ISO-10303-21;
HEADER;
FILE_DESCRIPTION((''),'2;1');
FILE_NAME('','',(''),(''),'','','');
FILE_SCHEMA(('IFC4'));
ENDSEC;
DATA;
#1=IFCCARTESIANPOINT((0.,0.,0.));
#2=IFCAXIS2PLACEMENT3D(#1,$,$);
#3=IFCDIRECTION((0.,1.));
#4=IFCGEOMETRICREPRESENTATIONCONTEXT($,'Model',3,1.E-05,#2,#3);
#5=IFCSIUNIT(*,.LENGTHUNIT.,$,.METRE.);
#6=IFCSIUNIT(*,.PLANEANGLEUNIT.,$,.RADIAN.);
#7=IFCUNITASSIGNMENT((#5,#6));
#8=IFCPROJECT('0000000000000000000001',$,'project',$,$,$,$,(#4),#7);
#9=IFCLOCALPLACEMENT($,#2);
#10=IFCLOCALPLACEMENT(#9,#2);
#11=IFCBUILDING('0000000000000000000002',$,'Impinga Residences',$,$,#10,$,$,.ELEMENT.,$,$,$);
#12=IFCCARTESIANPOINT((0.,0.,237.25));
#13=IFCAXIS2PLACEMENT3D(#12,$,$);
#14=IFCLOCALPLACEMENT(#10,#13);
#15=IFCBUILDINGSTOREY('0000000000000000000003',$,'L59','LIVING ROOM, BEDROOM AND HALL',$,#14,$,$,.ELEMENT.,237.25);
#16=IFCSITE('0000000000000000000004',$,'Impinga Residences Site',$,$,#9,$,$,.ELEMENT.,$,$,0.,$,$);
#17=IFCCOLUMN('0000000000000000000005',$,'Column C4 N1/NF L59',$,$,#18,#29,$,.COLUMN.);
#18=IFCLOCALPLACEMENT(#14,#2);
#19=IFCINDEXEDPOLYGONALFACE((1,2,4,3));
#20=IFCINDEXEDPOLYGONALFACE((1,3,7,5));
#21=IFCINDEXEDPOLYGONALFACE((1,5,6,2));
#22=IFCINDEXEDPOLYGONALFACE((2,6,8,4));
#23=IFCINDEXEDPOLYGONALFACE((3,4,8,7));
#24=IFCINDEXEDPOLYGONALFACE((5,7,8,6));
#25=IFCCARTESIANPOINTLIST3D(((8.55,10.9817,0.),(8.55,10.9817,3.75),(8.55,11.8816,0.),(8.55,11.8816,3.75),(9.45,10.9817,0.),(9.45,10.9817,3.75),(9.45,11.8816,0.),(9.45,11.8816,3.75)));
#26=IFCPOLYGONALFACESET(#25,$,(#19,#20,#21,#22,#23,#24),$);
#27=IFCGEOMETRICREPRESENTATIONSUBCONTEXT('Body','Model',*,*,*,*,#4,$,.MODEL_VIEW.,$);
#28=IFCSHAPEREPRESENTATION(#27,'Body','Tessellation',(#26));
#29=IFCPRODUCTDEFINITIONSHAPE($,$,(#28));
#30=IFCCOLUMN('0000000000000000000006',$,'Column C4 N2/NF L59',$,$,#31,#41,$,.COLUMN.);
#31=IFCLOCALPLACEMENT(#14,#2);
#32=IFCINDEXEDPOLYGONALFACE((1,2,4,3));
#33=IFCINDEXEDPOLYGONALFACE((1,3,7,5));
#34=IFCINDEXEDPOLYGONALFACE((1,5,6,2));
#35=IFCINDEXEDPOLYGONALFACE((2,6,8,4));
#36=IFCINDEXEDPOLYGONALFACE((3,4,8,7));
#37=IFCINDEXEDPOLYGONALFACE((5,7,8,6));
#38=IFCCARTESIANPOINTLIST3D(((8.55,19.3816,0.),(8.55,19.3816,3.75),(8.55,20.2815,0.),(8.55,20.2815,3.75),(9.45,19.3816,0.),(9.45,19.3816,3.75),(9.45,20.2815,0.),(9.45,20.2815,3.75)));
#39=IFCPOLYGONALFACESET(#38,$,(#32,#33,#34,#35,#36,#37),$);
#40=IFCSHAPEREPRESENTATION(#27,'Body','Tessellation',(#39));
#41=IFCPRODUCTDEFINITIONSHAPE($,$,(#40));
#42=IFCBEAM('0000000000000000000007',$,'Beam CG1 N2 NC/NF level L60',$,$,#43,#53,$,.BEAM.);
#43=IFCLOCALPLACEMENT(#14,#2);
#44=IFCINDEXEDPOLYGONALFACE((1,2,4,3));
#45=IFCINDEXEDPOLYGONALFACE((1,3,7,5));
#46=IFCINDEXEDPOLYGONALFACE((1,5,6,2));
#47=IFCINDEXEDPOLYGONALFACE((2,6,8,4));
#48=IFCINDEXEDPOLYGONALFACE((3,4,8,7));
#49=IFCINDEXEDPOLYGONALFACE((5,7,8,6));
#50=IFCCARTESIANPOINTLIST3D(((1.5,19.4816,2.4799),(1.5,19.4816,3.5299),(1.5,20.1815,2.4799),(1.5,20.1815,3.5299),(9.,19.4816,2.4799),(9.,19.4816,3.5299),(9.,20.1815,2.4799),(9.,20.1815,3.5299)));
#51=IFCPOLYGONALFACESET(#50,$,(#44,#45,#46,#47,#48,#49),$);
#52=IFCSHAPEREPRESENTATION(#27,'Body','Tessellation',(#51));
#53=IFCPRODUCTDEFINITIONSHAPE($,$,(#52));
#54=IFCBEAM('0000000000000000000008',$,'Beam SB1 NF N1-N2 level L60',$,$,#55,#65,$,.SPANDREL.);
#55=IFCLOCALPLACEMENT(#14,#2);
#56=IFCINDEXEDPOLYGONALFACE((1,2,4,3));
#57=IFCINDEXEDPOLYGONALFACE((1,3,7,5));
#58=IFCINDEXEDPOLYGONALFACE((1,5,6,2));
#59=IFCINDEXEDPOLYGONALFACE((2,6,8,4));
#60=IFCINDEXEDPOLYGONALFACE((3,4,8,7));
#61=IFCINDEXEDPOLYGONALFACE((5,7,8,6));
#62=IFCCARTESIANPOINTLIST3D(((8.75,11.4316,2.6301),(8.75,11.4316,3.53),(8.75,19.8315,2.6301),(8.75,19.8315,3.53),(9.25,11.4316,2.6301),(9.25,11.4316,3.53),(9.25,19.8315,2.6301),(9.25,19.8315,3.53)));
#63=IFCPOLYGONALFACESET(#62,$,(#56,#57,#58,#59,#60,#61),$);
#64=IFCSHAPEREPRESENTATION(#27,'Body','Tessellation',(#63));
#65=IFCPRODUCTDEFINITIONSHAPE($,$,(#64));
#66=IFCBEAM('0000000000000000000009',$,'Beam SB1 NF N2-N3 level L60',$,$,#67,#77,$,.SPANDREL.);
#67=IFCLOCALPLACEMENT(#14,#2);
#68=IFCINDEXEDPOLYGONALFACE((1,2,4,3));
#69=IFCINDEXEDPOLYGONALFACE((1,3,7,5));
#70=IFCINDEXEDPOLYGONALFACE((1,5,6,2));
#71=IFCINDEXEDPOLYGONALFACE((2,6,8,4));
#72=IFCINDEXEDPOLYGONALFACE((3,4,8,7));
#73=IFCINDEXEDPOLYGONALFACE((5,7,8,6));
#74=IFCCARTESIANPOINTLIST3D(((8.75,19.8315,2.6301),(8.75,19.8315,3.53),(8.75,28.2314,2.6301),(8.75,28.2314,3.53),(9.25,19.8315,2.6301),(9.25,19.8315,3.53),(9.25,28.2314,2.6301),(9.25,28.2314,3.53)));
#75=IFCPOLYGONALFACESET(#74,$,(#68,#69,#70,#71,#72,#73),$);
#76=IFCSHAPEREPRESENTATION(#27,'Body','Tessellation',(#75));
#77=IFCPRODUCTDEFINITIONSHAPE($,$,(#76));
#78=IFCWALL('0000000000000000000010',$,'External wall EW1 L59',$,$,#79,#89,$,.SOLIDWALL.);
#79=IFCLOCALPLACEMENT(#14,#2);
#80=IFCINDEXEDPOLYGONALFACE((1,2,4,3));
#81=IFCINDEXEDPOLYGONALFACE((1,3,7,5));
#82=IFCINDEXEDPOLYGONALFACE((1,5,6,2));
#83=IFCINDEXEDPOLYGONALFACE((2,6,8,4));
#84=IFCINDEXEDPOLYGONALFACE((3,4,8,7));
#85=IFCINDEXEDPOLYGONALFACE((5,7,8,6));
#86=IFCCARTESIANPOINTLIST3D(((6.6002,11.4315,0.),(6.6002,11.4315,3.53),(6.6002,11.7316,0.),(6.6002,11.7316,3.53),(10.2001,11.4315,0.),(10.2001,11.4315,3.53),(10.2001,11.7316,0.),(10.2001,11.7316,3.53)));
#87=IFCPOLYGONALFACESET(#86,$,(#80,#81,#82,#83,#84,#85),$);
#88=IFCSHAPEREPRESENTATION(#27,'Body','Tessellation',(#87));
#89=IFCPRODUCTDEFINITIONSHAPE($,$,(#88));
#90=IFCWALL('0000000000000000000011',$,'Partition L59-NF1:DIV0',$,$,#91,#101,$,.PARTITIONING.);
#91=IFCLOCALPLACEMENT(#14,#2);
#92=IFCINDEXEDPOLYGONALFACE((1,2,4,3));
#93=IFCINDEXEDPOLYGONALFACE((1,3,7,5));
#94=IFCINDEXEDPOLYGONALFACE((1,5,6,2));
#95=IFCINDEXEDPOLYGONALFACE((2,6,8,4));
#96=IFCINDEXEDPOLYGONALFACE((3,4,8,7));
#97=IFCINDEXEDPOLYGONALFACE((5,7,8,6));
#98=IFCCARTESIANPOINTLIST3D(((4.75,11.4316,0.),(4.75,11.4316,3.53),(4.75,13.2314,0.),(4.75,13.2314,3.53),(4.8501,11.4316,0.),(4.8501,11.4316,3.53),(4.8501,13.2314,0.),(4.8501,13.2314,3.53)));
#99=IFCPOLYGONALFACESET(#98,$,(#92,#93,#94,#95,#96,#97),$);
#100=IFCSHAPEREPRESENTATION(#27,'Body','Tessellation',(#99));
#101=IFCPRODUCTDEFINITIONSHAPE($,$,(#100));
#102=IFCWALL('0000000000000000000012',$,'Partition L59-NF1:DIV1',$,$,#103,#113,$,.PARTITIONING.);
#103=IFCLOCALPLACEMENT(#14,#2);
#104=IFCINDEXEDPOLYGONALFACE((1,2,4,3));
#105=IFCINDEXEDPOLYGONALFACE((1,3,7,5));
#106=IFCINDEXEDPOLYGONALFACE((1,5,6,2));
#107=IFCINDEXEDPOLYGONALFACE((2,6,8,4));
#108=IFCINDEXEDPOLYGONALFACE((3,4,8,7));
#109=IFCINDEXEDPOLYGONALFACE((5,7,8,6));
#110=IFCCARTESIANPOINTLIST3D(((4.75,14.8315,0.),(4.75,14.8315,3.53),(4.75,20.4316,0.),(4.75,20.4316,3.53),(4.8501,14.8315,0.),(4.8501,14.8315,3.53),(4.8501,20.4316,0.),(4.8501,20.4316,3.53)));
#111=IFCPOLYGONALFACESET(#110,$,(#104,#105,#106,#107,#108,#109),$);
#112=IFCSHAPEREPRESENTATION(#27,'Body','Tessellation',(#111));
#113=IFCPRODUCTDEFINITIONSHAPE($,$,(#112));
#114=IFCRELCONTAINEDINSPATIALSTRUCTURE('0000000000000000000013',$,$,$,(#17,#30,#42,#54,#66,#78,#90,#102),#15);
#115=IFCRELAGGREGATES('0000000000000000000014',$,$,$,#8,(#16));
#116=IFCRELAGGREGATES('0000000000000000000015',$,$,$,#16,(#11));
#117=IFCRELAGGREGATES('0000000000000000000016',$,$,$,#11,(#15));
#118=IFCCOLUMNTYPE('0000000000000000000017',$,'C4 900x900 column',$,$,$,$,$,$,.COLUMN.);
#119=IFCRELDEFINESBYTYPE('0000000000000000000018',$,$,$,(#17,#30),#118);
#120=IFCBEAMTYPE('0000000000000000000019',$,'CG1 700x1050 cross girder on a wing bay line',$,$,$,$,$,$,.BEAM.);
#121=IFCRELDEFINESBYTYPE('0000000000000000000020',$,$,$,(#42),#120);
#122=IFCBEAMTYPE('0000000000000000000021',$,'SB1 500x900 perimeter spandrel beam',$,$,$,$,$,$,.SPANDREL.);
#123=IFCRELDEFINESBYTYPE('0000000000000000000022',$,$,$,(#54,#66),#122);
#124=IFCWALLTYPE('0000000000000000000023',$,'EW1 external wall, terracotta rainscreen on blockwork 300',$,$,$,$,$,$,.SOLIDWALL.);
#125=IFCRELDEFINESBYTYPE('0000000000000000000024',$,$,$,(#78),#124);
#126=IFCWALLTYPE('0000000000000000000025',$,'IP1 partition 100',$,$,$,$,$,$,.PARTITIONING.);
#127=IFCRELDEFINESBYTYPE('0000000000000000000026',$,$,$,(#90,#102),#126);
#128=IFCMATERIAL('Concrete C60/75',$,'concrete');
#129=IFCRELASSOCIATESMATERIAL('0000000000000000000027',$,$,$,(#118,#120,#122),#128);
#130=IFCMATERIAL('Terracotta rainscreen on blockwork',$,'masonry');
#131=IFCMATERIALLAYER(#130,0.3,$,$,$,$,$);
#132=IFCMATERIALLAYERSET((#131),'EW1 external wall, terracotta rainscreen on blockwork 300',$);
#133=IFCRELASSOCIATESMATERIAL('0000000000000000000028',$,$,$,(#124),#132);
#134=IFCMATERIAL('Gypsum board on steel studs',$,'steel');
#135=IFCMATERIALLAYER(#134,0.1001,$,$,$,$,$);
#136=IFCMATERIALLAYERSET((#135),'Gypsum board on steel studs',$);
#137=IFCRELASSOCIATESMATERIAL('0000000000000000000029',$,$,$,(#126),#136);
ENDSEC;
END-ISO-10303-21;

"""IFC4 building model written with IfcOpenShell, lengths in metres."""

from ifc_helpers import new_model, si_unit, direction, frame, frame_2d, origin, origin_2d, place, context, subcontext, project, spatial, rectangle, extrude, material, layer, layer_set, material_profile, profile_set, type_object, element, save


model = new_model("IFC4")

# Units and contexts
model_context = context("Model", 3, precision=1e-05, world=origin(), true_north=direction((0.0, 1.0)))
body_context = subcontext(model_context, "Body", "Model", "MODEL_VIEW")
ifc_project = project(units=[si_unit("LENGTHUNIT", "METRE"), si_unit("PLANEANGLEUNIT", "RADIAN")], contexts=[model_context])

# Site, building, storey
site_placement = place(None, origin())
site = spatial("IfcSite", under=ifc_project, at=site_placement, Name="Impinga Residences Site", CompositionType="ELEMENT", RefElevation=0.0)
building_placement = place(site_placement, origin())
building = spatial("IfcBuilding", under=site, at=building_placement, Name="Impinga Residences", CompositionType="ELEMENT")
storey_placement = place(building_placement, frame((0.0, 0.0, 237.25)))
storey = spatial("IfcBuildingStorey", under=building, at=storey_placement, Name="L59", Description="LIVING ROOM, BEDROOM AND HALL", CompositionType="ELEMENT", Elevation=237.25)

# Columns
ifc_material_1 = material(Name="Concrete C60/75", Category="concrete")
ifc_material_profile_1 = material_profile(ifc_material_1, rectangle(XDim=0.8999, YDim=0.8999, at=origin_2d()), Name="RC 900x900")
ifc_profile_set_1 = profile_set([ifc_material_profile_1], Name="Concrete C60/75")
column_type = type_object("IfcColumnType", Name="C4 900x900 column", PredefinedType="COLUMN", material=ifc_profile_set_1)
for number, where, z_axis, x_axis, name in (
    (1, (9.0, 11.4316, 0.0), (0.0, 0.0, 1.0), (1.0, 0.0, 0.0), "Column C4 N1/NF L59"),
    (2, (9.0, 19.8315, 0.0), (0.0, 0.0, 1.0), (1.0, 0.0, 0.0), "Column C4 N2/NF L59"),
):
    element("IfcColumn", number, at=place(storey_placement, frame(where, z_axis=z_axis, x_axis=x_axis)), inside=storey, type_object=column_type, Name=name, PredefinedType="COLUMN", context=body_context, shape_type="SweptSolid", body=[
        extrude(rectangle(XDim=0.8999, YDim=0.8999, at=origin_2d()), origin(), (0.0, 0.0, 1.0), 3.75),
    ])

# Beams
ifc_material_profile_2 = material_profile(ifc_material_1, rectangle(XDim=0.7, YDim=1.05, at=origin_2d()), Name="RC 700x1050")
ifc_profile_set_2 = profile_set([ifc_material_profile_2], Name="Concrete C60/75")
beam_type_1 = type_object("IfcBeamType", Name="CG1 700x1050 cross girder on a wing bay line", PredefinedType="BEAM", material=ifc_profile_set_2)
beam_placement = place(storey_placement, frame((1.5, 19.8315, 3.0049), z_axis=(1.0, 0.0, 0.0), x_axis=(0.0, 1.0, 0.0)))
element("IfcBeam", 3, at=beam_placement, inside=storey, type_object=beam_type_1, Name="Beam CG1 N2 NC/NF level L60", PredefinedType="BEAM", context=body_context, shape_type="SweptSolid", body=[
    extrude(rectangle(XDim=0.7, YDim=1.05, at=origin_2d()), origin(), (0.0, 0.0, 1.0), 7.5),
])
ifc_material_profile_3 = material_profile(ifc_material_1, rectangle(XDim=0.5, YDim=0.8999, at=origin_2d()), Name="RC 500x900")
ifc_profile_set_3 = profile_set([ifc_material_profile_3], Name="Concrete C60/75")
beam_type_2 = type_object("IfcBeamType", Name="SB1 500x900 perimeter spandrel beam", PredefinedType="SPANDREL", material=ifc_profile_set_3)
for number, where, z_axis, x_axis, name in (
    (4, (9.0, 11.4316, 3.0801), (0.0, 1.0, 0.0), (-1.0, 0.0, 0.0), "Beam SB1 NF N1-N2 level L60"),
    (5, (9.0, 19.8315, 3.0801), (0.0, 1.0, 0.0), (-1.0, 0.0, 0.0), "Beam SB1 NF N2-N3 level L60"),
):
    element("IfcBeam", number, at=place(storey_placement, frame(where, z_axis=z_axis, x_axis=x_axis)), inside=storey, type_object=beam_type_2, Name=name, PredefinedType="SPANDREL", context=body_context, shape_type="SweptSolid", body=[
        extrude(rectangle(XDim=0.5, YDim=0.8999, at=origin_2d()), origin(), (0.0, 0.0, 1.0), 8.3999),
    ])

# Walls
ifc_material_2 = material(Name="Terracotta rainscreen on blockwork", Category="masonry")
ifc_layer_1 = layer(ifc_material_2, 0.3)
ifc_layer_set_1 = layer_set([ifc_layer_1], Name="EW1 external wall, terracotta rainscreen on blockwork 300")
wall_type_1 = type_object("IfcWallType", Name="EW1 external wall, terracotta rainscreen on blockwork 300", PredefinedType="SOLIDWALL", material=ifc_layer_set_1)
wall_1_placement = place(storey_placement, frame((10.2, 11.5815, 0.0), z_axis=(0.0, 0.0, 1.0), x_axis=(-1.0, 0.0, 0.0)))
element("IfcWall", 6, at=wall_1_placement, inside=storey, type_object=wall_type_1, Name="External wall EW1 L59", PredefinedType="SOLIDWALL", context=body_context, shape_type="SweptSolid", body=[
    extrude(rectangle(XDim=3.5999, YDim=0.3, at=frame_2d((1.7998, 0.0))), origin(), (0.0, 0.0, 1.0), 3.53),
])
ifc_material_3 = material(Name="Gypsum board on steel studs", Category="steel")
ifc_layer_2 = layer(ifc_material_3, 0.1001)
ifc_layer_set_2 = layer_set([ifc_layer_2], Name="Gypsum board on steel studs")
wall_type_2 = type_object("IfcWallType", Name="IP1 partition 100", PredefinedType="PARTITIONING", material=ifc_layer_set_2)
wall_2_placement = place(storey_placement, frame((4.8, 11.4316, 0.0), z_axis=(0.0, 0.0, 1.0), x_axis=(0.0, 1.0, 0.0)))
element("IfcWall", 7, at=wall_2_placement, inside=storey, type_object=wall_type_2, Name="Partition L59-NF1:DIV0", PredefinedType="PARTITIONING", context=body_context, shape_type="SweptSolid", body=[
    extrude(rectangle(XDim=1.7998, YDim=0.1001, at=frame_2d((0.8999, 0.0))), origin(), (0.0, 0.0, 1.0), 3.53),
])
wall_3_placement = place(storey_placement, frame((4.8, 14.8315, 0.0), z_axis=(0.0, 0.0, 1.0), x_axis=(0.0, 1.0, 0.0)))
element("IfcWall", 8, at=wall_3_placement, inside=storey, type_object=wall_type_2, Name="Partition L59-NF1:DIV1", PredefinedType="PARTITIONING", context=body_context, shape_type="SweptSolid", body=[
    extrude(rectangle(XDim=5.6001, YDim=0.1001, at=frame_2d((2.8, 0.0))), origin(), (0.0, 0.0, 1.0), 3.53),
])

save(model, "model.ifc")
